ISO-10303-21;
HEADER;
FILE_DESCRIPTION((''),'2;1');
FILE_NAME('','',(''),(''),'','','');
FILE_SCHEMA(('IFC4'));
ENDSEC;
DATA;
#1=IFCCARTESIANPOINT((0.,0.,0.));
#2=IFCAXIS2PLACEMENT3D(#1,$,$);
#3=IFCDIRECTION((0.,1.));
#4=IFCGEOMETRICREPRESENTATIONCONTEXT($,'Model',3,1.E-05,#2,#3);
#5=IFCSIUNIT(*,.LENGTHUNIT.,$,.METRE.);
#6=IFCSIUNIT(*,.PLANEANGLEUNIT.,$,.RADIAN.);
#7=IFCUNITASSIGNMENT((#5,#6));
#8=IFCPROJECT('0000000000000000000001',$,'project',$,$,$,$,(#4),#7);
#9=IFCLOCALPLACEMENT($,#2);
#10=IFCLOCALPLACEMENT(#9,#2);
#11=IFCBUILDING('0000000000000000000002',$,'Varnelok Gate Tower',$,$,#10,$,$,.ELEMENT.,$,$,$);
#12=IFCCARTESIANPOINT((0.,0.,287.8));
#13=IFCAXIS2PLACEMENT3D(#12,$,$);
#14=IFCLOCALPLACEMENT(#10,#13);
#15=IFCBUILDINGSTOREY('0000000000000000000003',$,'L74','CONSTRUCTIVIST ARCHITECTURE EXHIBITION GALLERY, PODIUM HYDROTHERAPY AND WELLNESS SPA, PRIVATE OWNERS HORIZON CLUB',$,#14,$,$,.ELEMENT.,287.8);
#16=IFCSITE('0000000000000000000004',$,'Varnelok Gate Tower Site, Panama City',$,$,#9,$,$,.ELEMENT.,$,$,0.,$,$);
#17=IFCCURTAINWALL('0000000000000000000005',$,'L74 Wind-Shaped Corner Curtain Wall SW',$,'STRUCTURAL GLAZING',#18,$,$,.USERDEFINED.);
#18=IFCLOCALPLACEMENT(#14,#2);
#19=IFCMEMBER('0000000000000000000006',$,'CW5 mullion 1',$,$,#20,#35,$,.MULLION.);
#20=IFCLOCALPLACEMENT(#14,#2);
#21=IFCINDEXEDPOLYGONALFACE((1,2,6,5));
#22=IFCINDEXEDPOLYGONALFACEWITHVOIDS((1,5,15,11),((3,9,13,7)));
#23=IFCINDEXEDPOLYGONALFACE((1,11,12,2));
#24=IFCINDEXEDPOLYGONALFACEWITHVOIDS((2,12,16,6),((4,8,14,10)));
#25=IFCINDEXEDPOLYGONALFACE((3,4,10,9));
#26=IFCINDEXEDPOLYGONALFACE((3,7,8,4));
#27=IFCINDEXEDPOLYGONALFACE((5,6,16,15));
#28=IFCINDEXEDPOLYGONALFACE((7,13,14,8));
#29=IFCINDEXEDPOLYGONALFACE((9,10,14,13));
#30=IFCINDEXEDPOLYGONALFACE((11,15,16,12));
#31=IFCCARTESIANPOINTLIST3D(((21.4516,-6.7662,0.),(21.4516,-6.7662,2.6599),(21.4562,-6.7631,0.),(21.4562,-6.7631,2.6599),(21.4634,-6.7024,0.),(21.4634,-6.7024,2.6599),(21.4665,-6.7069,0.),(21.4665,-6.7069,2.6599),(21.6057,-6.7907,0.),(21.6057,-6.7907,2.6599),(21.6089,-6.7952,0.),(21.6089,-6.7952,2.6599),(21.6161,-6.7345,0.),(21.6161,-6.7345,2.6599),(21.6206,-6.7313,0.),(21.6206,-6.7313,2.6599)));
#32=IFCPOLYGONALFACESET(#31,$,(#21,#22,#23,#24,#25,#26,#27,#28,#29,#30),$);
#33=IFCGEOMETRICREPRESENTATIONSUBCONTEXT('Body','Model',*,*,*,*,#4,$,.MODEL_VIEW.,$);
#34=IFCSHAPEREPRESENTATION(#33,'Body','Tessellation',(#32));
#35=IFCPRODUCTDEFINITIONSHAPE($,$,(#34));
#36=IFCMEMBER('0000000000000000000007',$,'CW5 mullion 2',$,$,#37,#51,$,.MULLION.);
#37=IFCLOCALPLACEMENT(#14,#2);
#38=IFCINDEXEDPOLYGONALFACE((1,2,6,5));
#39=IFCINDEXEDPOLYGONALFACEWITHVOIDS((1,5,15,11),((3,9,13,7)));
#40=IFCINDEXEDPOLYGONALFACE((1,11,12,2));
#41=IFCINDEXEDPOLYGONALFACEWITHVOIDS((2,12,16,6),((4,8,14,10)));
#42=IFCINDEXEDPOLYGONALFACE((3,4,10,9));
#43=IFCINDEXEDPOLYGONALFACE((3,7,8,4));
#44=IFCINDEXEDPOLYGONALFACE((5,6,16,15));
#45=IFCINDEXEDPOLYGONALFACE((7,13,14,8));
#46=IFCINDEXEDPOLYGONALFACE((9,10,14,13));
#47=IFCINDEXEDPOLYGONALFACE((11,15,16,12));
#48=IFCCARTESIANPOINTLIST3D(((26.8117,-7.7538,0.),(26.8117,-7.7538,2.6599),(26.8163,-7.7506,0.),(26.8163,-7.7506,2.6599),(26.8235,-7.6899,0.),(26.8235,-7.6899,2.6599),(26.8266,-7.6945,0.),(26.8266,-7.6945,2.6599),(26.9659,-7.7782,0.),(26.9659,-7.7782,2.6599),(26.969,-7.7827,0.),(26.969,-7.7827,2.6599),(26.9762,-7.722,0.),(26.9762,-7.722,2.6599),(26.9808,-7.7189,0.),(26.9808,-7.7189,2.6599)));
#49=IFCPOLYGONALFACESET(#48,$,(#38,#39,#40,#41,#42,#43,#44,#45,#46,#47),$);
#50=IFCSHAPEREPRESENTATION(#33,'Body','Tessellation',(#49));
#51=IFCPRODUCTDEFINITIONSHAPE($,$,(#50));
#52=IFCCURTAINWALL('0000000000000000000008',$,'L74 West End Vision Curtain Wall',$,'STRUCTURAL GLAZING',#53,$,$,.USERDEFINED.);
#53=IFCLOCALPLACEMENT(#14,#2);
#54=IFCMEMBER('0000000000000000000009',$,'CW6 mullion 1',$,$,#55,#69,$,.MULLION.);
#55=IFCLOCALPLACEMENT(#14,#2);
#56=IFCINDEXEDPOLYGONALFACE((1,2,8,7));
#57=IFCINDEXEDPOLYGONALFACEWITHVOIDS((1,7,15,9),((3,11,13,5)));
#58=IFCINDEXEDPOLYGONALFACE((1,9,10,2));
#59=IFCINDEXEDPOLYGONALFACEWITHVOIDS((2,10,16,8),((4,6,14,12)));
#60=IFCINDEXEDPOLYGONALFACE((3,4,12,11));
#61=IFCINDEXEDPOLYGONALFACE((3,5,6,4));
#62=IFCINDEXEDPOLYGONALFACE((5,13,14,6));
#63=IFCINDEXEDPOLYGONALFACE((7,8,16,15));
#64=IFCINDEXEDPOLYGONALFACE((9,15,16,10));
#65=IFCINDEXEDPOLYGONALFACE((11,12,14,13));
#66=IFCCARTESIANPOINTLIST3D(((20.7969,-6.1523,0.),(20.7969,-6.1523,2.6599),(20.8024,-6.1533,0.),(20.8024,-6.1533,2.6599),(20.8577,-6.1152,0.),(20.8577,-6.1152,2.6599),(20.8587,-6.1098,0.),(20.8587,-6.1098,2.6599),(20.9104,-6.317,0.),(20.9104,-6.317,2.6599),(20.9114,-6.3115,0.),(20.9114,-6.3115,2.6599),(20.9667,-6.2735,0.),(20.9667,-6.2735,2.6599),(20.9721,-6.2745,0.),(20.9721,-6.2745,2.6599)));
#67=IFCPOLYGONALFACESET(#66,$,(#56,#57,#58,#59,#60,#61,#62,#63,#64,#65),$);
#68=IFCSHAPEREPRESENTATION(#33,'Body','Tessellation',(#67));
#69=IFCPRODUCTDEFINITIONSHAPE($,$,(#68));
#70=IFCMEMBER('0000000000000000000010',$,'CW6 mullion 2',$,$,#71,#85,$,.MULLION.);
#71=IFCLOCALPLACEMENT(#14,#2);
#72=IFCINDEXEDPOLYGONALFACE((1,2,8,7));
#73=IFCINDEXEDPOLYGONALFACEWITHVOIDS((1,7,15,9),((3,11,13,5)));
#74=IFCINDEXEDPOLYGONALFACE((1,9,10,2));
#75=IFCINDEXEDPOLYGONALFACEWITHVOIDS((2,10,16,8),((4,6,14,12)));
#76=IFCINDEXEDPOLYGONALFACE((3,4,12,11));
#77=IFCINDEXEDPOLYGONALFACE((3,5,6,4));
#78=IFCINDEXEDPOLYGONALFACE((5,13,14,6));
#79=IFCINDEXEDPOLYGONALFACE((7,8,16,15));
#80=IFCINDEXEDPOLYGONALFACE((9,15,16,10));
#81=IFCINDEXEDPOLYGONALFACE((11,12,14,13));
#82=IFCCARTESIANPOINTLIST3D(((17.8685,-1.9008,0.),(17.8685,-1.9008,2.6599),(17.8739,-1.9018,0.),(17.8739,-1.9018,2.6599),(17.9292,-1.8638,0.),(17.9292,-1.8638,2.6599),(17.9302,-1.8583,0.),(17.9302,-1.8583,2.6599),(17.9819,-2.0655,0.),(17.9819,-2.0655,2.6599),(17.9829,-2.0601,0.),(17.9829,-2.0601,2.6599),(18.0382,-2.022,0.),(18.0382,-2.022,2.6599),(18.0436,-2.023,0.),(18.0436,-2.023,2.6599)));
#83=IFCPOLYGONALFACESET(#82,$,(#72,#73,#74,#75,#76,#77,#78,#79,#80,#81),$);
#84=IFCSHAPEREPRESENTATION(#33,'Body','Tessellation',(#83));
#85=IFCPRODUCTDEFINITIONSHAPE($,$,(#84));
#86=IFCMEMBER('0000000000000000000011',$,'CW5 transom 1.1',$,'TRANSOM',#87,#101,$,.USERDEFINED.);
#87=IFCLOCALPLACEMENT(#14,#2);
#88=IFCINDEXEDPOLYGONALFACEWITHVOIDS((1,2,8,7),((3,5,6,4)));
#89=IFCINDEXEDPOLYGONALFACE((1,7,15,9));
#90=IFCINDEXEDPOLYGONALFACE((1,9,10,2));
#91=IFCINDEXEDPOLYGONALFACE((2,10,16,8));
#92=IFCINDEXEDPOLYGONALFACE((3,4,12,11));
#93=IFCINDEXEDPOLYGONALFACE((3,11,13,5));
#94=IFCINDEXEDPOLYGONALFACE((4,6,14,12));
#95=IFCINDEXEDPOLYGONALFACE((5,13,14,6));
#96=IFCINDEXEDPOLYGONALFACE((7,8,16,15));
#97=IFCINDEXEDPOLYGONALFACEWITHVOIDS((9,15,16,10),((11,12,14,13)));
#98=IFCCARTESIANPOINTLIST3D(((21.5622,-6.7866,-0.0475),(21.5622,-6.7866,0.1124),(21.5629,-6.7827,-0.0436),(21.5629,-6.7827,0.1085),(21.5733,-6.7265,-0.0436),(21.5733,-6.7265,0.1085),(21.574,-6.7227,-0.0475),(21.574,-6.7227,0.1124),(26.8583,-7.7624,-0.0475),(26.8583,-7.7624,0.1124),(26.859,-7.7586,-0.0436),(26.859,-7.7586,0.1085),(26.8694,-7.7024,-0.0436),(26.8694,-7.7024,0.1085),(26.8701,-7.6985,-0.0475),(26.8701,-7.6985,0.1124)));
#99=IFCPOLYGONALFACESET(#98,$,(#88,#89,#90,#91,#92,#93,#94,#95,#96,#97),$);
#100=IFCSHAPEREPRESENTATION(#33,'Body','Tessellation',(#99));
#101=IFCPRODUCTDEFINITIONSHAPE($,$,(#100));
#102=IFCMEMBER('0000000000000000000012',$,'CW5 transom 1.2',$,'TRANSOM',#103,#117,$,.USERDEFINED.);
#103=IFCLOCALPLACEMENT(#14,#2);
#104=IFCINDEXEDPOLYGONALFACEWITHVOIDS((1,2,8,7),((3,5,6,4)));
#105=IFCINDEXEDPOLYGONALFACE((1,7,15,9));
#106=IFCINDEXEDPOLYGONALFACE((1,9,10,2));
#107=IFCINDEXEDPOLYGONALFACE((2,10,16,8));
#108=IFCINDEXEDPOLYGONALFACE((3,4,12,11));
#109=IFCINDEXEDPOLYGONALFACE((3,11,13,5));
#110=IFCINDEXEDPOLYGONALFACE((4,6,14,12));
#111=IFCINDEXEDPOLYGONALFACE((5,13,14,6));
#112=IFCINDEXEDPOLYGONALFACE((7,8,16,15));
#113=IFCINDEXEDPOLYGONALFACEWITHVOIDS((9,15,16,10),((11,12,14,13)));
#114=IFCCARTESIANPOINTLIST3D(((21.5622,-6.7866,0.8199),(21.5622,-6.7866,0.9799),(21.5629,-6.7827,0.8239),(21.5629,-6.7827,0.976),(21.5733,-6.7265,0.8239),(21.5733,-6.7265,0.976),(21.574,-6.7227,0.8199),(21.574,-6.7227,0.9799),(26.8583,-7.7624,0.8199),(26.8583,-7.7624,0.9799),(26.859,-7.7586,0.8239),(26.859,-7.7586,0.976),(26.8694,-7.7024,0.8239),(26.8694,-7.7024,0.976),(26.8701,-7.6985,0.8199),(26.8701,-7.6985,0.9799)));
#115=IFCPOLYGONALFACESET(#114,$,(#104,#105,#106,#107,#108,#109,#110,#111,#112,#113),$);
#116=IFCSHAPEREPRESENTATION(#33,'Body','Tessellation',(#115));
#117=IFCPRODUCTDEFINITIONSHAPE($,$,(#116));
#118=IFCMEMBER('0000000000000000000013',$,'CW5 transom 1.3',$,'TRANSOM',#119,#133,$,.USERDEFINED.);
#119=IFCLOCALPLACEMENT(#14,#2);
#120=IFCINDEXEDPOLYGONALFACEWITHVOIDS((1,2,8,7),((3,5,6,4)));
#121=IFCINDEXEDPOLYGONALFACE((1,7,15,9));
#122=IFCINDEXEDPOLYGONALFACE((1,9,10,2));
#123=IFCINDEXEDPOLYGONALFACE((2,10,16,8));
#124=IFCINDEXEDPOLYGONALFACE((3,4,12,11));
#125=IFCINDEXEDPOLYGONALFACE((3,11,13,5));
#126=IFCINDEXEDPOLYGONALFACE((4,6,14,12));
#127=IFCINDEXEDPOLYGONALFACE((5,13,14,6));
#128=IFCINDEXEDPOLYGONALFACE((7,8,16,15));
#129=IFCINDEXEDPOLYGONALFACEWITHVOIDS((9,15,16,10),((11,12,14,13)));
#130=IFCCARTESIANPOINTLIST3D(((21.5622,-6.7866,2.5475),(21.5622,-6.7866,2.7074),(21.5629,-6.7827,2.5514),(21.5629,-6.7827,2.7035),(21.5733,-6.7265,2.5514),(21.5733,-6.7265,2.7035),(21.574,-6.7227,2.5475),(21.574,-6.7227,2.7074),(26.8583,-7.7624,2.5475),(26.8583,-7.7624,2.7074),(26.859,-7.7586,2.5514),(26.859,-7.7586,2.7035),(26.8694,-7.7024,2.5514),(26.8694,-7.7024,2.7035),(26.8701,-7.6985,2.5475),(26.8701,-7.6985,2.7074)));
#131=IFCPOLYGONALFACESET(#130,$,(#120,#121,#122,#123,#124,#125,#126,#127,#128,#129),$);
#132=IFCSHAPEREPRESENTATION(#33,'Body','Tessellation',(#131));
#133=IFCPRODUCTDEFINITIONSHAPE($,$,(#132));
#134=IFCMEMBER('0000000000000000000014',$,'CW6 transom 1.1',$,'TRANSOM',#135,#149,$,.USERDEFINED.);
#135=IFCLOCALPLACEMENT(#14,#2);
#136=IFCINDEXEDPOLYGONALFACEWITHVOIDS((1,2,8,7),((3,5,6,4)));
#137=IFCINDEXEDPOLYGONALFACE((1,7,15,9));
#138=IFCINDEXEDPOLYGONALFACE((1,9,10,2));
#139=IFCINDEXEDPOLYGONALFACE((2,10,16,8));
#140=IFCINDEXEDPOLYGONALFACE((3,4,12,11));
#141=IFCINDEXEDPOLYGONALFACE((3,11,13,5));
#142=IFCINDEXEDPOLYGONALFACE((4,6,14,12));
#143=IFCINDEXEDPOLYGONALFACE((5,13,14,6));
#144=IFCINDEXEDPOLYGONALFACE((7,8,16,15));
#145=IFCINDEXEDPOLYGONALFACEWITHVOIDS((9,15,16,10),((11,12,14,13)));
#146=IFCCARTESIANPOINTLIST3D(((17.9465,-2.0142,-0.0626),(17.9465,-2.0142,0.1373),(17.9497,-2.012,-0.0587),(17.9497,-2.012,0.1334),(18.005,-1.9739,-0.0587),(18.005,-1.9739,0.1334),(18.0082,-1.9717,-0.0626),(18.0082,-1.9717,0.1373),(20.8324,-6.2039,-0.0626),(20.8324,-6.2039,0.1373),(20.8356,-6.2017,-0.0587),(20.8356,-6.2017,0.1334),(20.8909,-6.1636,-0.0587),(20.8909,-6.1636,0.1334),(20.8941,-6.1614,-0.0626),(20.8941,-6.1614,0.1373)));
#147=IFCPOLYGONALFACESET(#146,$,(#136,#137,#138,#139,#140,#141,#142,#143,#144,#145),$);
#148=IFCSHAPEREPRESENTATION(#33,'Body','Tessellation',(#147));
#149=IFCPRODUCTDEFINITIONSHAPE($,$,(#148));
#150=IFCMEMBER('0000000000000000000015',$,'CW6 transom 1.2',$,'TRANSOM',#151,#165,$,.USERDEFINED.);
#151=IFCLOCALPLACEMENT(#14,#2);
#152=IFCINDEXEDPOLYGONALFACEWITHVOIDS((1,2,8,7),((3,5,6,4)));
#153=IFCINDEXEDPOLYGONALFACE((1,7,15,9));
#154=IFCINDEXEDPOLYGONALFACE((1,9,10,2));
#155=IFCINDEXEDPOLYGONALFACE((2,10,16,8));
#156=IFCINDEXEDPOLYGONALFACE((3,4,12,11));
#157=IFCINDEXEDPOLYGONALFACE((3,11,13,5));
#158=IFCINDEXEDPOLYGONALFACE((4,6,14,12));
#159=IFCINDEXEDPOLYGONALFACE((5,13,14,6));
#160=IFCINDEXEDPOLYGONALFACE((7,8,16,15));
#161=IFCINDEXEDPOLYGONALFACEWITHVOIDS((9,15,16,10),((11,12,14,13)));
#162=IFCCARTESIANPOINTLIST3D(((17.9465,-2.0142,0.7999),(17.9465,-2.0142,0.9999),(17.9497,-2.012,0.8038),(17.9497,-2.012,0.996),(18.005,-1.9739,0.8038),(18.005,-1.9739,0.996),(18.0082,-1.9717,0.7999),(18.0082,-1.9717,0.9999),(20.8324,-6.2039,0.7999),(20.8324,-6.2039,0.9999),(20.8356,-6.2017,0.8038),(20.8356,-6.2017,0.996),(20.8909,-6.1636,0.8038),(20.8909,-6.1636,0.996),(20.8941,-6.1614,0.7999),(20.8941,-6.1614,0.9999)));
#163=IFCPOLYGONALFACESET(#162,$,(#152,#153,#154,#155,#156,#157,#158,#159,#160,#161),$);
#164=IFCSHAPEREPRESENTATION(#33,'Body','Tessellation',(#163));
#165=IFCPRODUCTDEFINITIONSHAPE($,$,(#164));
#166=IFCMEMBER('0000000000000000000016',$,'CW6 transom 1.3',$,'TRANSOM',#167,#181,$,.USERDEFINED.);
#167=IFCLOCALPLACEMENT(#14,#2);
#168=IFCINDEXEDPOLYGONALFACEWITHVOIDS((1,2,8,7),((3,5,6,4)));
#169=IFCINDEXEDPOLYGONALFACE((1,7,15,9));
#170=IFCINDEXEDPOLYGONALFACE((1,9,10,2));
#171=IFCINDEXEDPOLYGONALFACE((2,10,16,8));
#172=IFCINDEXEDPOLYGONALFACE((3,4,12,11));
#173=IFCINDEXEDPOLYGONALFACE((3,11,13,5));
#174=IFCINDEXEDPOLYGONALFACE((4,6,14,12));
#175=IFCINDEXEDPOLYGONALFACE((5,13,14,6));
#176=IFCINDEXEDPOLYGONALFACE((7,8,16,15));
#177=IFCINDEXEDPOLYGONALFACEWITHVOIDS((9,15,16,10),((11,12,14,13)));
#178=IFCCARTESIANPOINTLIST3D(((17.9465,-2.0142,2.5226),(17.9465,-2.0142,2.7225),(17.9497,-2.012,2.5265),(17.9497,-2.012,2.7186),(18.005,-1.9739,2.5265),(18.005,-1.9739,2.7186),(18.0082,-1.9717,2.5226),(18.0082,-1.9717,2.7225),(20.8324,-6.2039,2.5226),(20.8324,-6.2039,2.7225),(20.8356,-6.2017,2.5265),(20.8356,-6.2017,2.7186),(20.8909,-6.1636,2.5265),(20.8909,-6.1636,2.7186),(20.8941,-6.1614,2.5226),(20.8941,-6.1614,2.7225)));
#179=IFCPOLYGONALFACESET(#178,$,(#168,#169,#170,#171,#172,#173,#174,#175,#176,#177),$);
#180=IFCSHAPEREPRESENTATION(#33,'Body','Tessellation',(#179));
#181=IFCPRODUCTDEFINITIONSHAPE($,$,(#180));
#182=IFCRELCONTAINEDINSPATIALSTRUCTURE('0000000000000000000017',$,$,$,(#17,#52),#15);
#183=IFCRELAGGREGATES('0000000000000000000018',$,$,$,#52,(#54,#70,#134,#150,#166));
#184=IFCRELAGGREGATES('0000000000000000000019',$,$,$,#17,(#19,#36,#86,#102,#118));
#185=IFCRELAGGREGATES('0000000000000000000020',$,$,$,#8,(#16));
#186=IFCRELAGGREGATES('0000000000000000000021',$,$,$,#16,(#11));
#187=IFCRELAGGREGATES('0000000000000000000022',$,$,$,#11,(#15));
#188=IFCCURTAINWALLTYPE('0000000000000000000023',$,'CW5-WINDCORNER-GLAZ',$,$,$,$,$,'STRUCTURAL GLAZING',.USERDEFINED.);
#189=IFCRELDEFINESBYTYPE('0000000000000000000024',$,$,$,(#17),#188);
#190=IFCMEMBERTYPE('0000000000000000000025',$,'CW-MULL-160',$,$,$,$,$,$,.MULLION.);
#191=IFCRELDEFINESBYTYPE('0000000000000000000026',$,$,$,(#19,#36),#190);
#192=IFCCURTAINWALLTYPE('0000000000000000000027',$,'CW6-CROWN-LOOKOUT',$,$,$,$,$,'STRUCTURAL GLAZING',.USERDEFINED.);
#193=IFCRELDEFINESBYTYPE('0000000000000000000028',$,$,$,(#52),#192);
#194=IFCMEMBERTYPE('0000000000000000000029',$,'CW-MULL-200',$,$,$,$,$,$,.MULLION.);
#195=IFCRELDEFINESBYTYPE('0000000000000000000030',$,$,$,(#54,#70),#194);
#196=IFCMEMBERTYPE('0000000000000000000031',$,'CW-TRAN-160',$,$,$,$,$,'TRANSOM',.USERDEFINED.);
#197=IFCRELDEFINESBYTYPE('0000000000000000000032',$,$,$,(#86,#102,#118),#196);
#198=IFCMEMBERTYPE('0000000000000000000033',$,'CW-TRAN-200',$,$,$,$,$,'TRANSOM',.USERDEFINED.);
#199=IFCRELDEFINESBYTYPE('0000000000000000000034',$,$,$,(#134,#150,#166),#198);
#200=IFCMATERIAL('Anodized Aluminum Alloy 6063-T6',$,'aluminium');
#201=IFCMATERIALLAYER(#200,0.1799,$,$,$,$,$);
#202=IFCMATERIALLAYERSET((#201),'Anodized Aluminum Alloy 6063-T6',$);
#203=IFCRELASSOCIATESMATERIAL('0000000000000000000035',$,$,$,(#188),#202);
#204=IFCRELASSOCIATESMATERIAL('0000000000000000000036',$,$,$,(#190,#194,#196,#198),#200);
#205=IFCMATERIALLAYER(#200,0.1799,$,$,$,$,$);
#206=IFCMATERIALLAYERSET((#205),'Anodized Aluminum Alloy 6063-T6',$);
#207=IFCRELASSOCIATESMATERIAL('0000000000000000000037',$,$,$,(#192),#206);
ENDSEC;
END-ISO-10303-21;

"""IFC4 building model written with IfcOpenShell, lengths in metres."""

from ifc_helpers import new_model, si_unit, direction, frame, origin, origin_2d, place, context, subcontext, project, spatial, hollow_rectangle, extrude, material, layer, layer_set, material_profile, profile_set, type_object, element, aggregate, save


model = new_model("IFC4")

# Units and contexts
model_context = context("Model", 3, precision=1e-05, world=origin(), true_north=direction((0.0, 1.0)))
body_context = subcontext(model_context, "Body", "Model", "MODEL_VIEW")
ifc_project = project(units=[si_unit("LENGTHUNIT", "METRE"), si_unit("PLANEANGLEUNIT", "RADIAN")], contexts=[model_context])

# Site, building, storey
site_placement = place(None, origin())
site = spatial("IfcSite", under=ifc_project, at=site_placement, Name="Varnelok Gate Tower Site, Panama City", CompositionType="ELEMENT", RefElevation=0.0)
building_placement = place(site_placement, origin())
building = spatial("IfcBuilding", under=site, at=building_placement, Name="Varnelok Gate Tower", CompositionType="ELEMENT")
storey_placement = place(building_placement, frame((0.0, 0.0, 287.8)))
storey = spatial("IfcBuildingStorey", under=building, at=storey_placement, Name="L74", Description="CONSTRUCTIVIST ARCHITECTURE EXHIBITION GALLERY, PODIUM HYDROTHERAPY AND WELLNESS SPA, PRIVATE OWNERS HORIZON CLUB", CompositionType="ELEMENT", Elevation=287.8)

# Curtain walls, members
ifc_material_1 = material(Name="Anodized Aluminum Alloy 6063-T6", Category="aluminium")
ifc_layer_1 = layer(ifc_material_1, 0.1799)
ifc_layer_set_1 = layer_set([ifc_layer_1], Name="Anodized Aluminum Alloy 6063-T6")
curtain_wall_type_1 = type_object("IfcCurtainWallType", Name="CW5-WINDCORNER-GLAZ", ElementType="STRUCTURAL GLAZING", PredefinedType="USERDEFINED", material=ifc_layer_set_1)
curtain_wall_1_placement = place(storey_placement, origin())
curtain_wall_1 = element("IfcCurtainWall", 1, at=curtain_wall_1_placement, inside=storey, type_object=curtain_wall_type_1, Name="L74 Wind-Shaped Corner Curtain Wall SW", ObjectType="STRUCTURAL GLAZING", PredefinedType="USERDEFINED")
ifc_material_profile_1 = material_profile(ifc_material_1, hollow_rectangle(XDim=0.0649, YDim=0.1599, WallThickness=0.0039, at=origin_2d()), Name="ALU160X65X4")
ifc_profile_set_1 = profile_set([ifc_material_profile_1], Name="Anodized Aluminum Alloy 6063-T6")
member_type_1 = type_object("IfcMemberType", Name="CW-MULL-160", PredefinedType="MULLION", material=ifc_profile_set_1)
member_1_placement = place(storey_placement, frame((21.5361, -6.7488, 0.0), z_axis=(0.0, 0.0, 1.0), x_axis=(0.181202, 0.983446, 0.0)))
member_1 = element("IfcMember", 2, at=member_1_placement, type_object=member_type_1, Name="CW5 mullion 1", PredefinedType="MULLION", context=body_context, shape_type="SweptSolid", body=[
    extrude(hollow_rectangle(XDim=0.0649, YDim=0.1599, WallThickness=0.0039, at=origin_2d()), origin(), (0.0, 0.0, 1.0), 2.6599),
])
member_2_placement = place(storey_placement, frame((26.8962, -7.7363, 0.0), z_axis=(0.0, 0.0, 1.0), x_axis=(0.181202, 0.983446, 0.0)))
member_2 = element("IfcMember", 3, at=member_2_placement, type_object=member_type_1, Name="CW5 mullion 2", PredefinedType="MULLION", context=body_context, shape_type="SweptSolid", body=[
    extrude(hollow_rectangle(XDim=0.0649, YDim=0.1599, WallThickness=0.0039, at=origin_2d()), origin(), (0.0, 0.0, 1.0), 2.6599),
])
ifc_layer_2 = layer(ifc_material_1, 0.1799)
ifc_layer_set_2 = layer_set([ifc_layer_2], Name="Anodized Aluminum Alloy 6063-T6")
curtain_wall_type_2 = type_object("IfcCurtainWallType", Name="CW6-CROWN-LOOKOUT", ElementType="STRUCTURAL GLAZING", PredefinedType="USERDEFINED", material=ifc_layer_set_2)
curtain_wall_2_placement = place(storey_placement, origin())
curtain_wall_2 = element("IfcCurtainWall", 4, at=curtain_wall_2_placement, inside=storey, type_object=curtain_wall_type_2, Name="L74 West End Vision Curtain Wall", ObjectType="STRUCTURAL GLAZING", PredefinedType="USERDEFINED")
ifc_material_profile_2 = material_profile(ifc_material_1, hollow_rectangle(XDim=0.075, YDim=0.2, WallThickness=0.0039, at=origin_2d()), Name="ALU200X75X4")
ifc_profile_set_2 = profile_set([ifc_material_profile_2], Name="Anodized Aluminum Alloy 6063-T6")
member_type_2 = type_object("IfcMemberType", Name="CW-MULL-200", PredefinedType="MULLION", material=ifc_profile_set_2)
member_3_placement = place(storey_placement, frame((20.8845, -6.2134, 0.0), z_axis=(0.0, 0.0, 1.0), x_axis=(-0.823532, -0.567269, 0.0)))
member_3 = element("IfcMember", 5, at=member_3_placement, type_object=member_type_2, Name="CW6 mullion 1", PredefinedType="MULLION", context=body_context, shape_type="SweptSolid", body=[
    extrude(hollow_rectangle(XDim=0.075, YDim=0.2, WallThickness=0.0039, at=origin_2d()), origin(), (0.0, 0.0, 1.0), 2.6599),
])
member_4_placement = place(storey_placement, frame((17.9561, -1.9619, 0.0), z_axis=(0.0, 0.0, 1.0), x_axis=(-0.823532, -0.567269, 0.0)))
member_4 = element("IfcMember", 6, at=member_4_placement, type_object=member_type_2, Name="CW6 mullion 2", PredefinedType="MULLION", context=body_context, shape_type="SweptSolid", body=[
    extrude(hollow_rectangle(XDim=0.075, YDim=0.2, WallThickness=0.0039, at=origin_2d()), origin(), (0.0, 0.0, 1.0), 2.6599),
])

# Members
ifc_material_profile_3 = material_profile(ifc_material_1, hollow_rectangle(XDim=0.0649, YDim=0.1599, WallThickness=0.0039, at=origin_2d()), Name="ALU160X65X4")
ifc_profile_set_3 = profile_set([ifc_material_profile_3], Name="Anodized Aluminum Alloy 6063-T6")
member_type_3 = type_object("IfcMemberType", Name="CW-TRAN-160", ElementType="TRANSOM", PredefinedType="USERDEFINED", material=ifc_profile_set_3)
member_5_placement = place(storey_placement, frame((21.5681, -6.7546, 0.0325), z_axis=(0.983446, -0.181203, 0.0), x_axis=(0.181203, 0.983446, 0.0)))
member_5 = element("IfcMember", 7, at=member_5_placement, type_object=member_type_3, Name="CW5 transom 1.1", ObjectType="TRANSOM", PredefinedType="USERDEFINED", context=body_context, shape_type="SweptSolid", body=[
    extrude(hollow_rectangle(XDim=0.0649, YDim=0.1599, WallThickness=0.0039, at=origin_2d()), origin(), (0.0, 0.0, 1.0), 5.3853),
])
member_6_placement = place(storey_placement, frame((21.5681, -6.7546, 0.8999), z_axis=(0.983446, -0.181203, 0.0), x_axis=(0.181203, 0.983446, 0.0)))
member_6 = element("IfcMember", 8, at=member_6_placement, type_object=member_type_3, Name="CW5 transom 1.2", ObjectType="TRANSOM", PredefinedType="USERDEFINED", context=body_context, shape_type="SweptSolid", body=[
    extrude(hollow_rectangle(XDim=0.0649, YDim=0.1599, WallThickness=0.0039, at=origin_2d()), origin(), (0.0, 0.0, 1.0), 5.3853),
])
member_7_placement = place(storey_placement, frame((21.5681, -6.7546, 2.6274), z_axis=(0.983446, -0.181203, 0.0), x_axis=(0.181203, 0.983446, 0.0)))
member_7 = element("IfcMember", 9, at=member_7_placement, type_object=member_type_3, Name="CW5 transom 1.3", ObjectType="TRANSOM", PredefinedType="USERDEFINED", context=body_context, shape_type="SweptSolid", body=[
    extrude(hollow_rectangle(XDim=0.0649, YDim=0.1599, WallThickness=0.0039, at=origin_2d()), origin(), (0.0, 0.0, 1.0), 5.3853),
])
ifc_material_profile_4 = material_profile(ifc_material_1, hollow_rectangle(XDim=0.075, YDim=0.2, WallThickness=0.0039, at=origin_2d()), Name="ALU200X75X4")
ifc_profile_set_4 = profile_set([ifc_material_profile_4], Name="Anodized Aluminum Alloy 6063-T6")
member_type_4 = type_object("IfcMemberType", Name="CW-TRAN-200", ElementType="TRANSOM", PredefinedType="USERDEFINED", material=ifc_profile_set_4)
member_8_placement = place(storey_placement, frame((20.8633, -6.1826, 0.0374), z_axis=(-0.567272, 0.823531, 0.0), x_axis=(-0.823531, -0.567272, 0.0)))
member_8 = element("IfcMember", 10, at=member_8_placement, type_object=member_type_4, Name="CW6 transom 1.1", ObjectType="TRANSOM", PredefinedType="USERDEFINED", context=body_context, shape_type="SweptSolid", body=[
    extrude(hollow_rectangle(XDim=0.075, YDim=0.2, WallThickness=0.0039, at=origin_2d()), origin(), (0.0, 0.0, 1.0), 5.0874),
])
member_9_placement = place(storey_placement, frame((20.8633, -6.1826, 0.8999), z_axis=(-0.567272, 0.823531, 0.0), x_axis=(-0.823531, -0.567272, 0.0)))
member_9 = element("IfcMember", 11, at=member_9_placement, type_object=member_type_4, Name="CW6 transom 1.2", ObjectType="TRANSOM", PredefinedType="USERDEFINED", context=body_context, shape_type="SweptSolid", body=[
    extrude(hollow_rectangle(XDim=0.075, YDim=0.2, WallThickness=0.0039, at=origin_2d()), origin(), (0.0, 0.0, 1.0), 5.0874),
])
member_10_placement = place(storey_placement, frame((20.8633, -6.1826, 2.6226), z_axis=(-0.567272, 0.823531, 0.0), x_axis=(-0.823531, -0.567272, 0.0)))
member_10 = element("IfcMember", 12, at=member_10_placement, type_object=member_type_4, Name="CW6 transom 1.3", ObjectType="TRANSOM", PredefinedType="USERDEFINED", context=body_context, shape_type="SweptSolid", body=[
    extrude(hollow_rectangle(XDim=0.075, YDim=0.2, WallThickness=0.0039, at=origin_2d()), origin(), (0.0, 0.0, 1.0), 5.0874),
])

aggregate(curtain_wall_2, [member_3, member_4, member_8, member_9, member_10])
aggregate(curtain_wall_1, [member_1, member_2, member_5, member_6, member_7])

save(model, "model.ifc")
